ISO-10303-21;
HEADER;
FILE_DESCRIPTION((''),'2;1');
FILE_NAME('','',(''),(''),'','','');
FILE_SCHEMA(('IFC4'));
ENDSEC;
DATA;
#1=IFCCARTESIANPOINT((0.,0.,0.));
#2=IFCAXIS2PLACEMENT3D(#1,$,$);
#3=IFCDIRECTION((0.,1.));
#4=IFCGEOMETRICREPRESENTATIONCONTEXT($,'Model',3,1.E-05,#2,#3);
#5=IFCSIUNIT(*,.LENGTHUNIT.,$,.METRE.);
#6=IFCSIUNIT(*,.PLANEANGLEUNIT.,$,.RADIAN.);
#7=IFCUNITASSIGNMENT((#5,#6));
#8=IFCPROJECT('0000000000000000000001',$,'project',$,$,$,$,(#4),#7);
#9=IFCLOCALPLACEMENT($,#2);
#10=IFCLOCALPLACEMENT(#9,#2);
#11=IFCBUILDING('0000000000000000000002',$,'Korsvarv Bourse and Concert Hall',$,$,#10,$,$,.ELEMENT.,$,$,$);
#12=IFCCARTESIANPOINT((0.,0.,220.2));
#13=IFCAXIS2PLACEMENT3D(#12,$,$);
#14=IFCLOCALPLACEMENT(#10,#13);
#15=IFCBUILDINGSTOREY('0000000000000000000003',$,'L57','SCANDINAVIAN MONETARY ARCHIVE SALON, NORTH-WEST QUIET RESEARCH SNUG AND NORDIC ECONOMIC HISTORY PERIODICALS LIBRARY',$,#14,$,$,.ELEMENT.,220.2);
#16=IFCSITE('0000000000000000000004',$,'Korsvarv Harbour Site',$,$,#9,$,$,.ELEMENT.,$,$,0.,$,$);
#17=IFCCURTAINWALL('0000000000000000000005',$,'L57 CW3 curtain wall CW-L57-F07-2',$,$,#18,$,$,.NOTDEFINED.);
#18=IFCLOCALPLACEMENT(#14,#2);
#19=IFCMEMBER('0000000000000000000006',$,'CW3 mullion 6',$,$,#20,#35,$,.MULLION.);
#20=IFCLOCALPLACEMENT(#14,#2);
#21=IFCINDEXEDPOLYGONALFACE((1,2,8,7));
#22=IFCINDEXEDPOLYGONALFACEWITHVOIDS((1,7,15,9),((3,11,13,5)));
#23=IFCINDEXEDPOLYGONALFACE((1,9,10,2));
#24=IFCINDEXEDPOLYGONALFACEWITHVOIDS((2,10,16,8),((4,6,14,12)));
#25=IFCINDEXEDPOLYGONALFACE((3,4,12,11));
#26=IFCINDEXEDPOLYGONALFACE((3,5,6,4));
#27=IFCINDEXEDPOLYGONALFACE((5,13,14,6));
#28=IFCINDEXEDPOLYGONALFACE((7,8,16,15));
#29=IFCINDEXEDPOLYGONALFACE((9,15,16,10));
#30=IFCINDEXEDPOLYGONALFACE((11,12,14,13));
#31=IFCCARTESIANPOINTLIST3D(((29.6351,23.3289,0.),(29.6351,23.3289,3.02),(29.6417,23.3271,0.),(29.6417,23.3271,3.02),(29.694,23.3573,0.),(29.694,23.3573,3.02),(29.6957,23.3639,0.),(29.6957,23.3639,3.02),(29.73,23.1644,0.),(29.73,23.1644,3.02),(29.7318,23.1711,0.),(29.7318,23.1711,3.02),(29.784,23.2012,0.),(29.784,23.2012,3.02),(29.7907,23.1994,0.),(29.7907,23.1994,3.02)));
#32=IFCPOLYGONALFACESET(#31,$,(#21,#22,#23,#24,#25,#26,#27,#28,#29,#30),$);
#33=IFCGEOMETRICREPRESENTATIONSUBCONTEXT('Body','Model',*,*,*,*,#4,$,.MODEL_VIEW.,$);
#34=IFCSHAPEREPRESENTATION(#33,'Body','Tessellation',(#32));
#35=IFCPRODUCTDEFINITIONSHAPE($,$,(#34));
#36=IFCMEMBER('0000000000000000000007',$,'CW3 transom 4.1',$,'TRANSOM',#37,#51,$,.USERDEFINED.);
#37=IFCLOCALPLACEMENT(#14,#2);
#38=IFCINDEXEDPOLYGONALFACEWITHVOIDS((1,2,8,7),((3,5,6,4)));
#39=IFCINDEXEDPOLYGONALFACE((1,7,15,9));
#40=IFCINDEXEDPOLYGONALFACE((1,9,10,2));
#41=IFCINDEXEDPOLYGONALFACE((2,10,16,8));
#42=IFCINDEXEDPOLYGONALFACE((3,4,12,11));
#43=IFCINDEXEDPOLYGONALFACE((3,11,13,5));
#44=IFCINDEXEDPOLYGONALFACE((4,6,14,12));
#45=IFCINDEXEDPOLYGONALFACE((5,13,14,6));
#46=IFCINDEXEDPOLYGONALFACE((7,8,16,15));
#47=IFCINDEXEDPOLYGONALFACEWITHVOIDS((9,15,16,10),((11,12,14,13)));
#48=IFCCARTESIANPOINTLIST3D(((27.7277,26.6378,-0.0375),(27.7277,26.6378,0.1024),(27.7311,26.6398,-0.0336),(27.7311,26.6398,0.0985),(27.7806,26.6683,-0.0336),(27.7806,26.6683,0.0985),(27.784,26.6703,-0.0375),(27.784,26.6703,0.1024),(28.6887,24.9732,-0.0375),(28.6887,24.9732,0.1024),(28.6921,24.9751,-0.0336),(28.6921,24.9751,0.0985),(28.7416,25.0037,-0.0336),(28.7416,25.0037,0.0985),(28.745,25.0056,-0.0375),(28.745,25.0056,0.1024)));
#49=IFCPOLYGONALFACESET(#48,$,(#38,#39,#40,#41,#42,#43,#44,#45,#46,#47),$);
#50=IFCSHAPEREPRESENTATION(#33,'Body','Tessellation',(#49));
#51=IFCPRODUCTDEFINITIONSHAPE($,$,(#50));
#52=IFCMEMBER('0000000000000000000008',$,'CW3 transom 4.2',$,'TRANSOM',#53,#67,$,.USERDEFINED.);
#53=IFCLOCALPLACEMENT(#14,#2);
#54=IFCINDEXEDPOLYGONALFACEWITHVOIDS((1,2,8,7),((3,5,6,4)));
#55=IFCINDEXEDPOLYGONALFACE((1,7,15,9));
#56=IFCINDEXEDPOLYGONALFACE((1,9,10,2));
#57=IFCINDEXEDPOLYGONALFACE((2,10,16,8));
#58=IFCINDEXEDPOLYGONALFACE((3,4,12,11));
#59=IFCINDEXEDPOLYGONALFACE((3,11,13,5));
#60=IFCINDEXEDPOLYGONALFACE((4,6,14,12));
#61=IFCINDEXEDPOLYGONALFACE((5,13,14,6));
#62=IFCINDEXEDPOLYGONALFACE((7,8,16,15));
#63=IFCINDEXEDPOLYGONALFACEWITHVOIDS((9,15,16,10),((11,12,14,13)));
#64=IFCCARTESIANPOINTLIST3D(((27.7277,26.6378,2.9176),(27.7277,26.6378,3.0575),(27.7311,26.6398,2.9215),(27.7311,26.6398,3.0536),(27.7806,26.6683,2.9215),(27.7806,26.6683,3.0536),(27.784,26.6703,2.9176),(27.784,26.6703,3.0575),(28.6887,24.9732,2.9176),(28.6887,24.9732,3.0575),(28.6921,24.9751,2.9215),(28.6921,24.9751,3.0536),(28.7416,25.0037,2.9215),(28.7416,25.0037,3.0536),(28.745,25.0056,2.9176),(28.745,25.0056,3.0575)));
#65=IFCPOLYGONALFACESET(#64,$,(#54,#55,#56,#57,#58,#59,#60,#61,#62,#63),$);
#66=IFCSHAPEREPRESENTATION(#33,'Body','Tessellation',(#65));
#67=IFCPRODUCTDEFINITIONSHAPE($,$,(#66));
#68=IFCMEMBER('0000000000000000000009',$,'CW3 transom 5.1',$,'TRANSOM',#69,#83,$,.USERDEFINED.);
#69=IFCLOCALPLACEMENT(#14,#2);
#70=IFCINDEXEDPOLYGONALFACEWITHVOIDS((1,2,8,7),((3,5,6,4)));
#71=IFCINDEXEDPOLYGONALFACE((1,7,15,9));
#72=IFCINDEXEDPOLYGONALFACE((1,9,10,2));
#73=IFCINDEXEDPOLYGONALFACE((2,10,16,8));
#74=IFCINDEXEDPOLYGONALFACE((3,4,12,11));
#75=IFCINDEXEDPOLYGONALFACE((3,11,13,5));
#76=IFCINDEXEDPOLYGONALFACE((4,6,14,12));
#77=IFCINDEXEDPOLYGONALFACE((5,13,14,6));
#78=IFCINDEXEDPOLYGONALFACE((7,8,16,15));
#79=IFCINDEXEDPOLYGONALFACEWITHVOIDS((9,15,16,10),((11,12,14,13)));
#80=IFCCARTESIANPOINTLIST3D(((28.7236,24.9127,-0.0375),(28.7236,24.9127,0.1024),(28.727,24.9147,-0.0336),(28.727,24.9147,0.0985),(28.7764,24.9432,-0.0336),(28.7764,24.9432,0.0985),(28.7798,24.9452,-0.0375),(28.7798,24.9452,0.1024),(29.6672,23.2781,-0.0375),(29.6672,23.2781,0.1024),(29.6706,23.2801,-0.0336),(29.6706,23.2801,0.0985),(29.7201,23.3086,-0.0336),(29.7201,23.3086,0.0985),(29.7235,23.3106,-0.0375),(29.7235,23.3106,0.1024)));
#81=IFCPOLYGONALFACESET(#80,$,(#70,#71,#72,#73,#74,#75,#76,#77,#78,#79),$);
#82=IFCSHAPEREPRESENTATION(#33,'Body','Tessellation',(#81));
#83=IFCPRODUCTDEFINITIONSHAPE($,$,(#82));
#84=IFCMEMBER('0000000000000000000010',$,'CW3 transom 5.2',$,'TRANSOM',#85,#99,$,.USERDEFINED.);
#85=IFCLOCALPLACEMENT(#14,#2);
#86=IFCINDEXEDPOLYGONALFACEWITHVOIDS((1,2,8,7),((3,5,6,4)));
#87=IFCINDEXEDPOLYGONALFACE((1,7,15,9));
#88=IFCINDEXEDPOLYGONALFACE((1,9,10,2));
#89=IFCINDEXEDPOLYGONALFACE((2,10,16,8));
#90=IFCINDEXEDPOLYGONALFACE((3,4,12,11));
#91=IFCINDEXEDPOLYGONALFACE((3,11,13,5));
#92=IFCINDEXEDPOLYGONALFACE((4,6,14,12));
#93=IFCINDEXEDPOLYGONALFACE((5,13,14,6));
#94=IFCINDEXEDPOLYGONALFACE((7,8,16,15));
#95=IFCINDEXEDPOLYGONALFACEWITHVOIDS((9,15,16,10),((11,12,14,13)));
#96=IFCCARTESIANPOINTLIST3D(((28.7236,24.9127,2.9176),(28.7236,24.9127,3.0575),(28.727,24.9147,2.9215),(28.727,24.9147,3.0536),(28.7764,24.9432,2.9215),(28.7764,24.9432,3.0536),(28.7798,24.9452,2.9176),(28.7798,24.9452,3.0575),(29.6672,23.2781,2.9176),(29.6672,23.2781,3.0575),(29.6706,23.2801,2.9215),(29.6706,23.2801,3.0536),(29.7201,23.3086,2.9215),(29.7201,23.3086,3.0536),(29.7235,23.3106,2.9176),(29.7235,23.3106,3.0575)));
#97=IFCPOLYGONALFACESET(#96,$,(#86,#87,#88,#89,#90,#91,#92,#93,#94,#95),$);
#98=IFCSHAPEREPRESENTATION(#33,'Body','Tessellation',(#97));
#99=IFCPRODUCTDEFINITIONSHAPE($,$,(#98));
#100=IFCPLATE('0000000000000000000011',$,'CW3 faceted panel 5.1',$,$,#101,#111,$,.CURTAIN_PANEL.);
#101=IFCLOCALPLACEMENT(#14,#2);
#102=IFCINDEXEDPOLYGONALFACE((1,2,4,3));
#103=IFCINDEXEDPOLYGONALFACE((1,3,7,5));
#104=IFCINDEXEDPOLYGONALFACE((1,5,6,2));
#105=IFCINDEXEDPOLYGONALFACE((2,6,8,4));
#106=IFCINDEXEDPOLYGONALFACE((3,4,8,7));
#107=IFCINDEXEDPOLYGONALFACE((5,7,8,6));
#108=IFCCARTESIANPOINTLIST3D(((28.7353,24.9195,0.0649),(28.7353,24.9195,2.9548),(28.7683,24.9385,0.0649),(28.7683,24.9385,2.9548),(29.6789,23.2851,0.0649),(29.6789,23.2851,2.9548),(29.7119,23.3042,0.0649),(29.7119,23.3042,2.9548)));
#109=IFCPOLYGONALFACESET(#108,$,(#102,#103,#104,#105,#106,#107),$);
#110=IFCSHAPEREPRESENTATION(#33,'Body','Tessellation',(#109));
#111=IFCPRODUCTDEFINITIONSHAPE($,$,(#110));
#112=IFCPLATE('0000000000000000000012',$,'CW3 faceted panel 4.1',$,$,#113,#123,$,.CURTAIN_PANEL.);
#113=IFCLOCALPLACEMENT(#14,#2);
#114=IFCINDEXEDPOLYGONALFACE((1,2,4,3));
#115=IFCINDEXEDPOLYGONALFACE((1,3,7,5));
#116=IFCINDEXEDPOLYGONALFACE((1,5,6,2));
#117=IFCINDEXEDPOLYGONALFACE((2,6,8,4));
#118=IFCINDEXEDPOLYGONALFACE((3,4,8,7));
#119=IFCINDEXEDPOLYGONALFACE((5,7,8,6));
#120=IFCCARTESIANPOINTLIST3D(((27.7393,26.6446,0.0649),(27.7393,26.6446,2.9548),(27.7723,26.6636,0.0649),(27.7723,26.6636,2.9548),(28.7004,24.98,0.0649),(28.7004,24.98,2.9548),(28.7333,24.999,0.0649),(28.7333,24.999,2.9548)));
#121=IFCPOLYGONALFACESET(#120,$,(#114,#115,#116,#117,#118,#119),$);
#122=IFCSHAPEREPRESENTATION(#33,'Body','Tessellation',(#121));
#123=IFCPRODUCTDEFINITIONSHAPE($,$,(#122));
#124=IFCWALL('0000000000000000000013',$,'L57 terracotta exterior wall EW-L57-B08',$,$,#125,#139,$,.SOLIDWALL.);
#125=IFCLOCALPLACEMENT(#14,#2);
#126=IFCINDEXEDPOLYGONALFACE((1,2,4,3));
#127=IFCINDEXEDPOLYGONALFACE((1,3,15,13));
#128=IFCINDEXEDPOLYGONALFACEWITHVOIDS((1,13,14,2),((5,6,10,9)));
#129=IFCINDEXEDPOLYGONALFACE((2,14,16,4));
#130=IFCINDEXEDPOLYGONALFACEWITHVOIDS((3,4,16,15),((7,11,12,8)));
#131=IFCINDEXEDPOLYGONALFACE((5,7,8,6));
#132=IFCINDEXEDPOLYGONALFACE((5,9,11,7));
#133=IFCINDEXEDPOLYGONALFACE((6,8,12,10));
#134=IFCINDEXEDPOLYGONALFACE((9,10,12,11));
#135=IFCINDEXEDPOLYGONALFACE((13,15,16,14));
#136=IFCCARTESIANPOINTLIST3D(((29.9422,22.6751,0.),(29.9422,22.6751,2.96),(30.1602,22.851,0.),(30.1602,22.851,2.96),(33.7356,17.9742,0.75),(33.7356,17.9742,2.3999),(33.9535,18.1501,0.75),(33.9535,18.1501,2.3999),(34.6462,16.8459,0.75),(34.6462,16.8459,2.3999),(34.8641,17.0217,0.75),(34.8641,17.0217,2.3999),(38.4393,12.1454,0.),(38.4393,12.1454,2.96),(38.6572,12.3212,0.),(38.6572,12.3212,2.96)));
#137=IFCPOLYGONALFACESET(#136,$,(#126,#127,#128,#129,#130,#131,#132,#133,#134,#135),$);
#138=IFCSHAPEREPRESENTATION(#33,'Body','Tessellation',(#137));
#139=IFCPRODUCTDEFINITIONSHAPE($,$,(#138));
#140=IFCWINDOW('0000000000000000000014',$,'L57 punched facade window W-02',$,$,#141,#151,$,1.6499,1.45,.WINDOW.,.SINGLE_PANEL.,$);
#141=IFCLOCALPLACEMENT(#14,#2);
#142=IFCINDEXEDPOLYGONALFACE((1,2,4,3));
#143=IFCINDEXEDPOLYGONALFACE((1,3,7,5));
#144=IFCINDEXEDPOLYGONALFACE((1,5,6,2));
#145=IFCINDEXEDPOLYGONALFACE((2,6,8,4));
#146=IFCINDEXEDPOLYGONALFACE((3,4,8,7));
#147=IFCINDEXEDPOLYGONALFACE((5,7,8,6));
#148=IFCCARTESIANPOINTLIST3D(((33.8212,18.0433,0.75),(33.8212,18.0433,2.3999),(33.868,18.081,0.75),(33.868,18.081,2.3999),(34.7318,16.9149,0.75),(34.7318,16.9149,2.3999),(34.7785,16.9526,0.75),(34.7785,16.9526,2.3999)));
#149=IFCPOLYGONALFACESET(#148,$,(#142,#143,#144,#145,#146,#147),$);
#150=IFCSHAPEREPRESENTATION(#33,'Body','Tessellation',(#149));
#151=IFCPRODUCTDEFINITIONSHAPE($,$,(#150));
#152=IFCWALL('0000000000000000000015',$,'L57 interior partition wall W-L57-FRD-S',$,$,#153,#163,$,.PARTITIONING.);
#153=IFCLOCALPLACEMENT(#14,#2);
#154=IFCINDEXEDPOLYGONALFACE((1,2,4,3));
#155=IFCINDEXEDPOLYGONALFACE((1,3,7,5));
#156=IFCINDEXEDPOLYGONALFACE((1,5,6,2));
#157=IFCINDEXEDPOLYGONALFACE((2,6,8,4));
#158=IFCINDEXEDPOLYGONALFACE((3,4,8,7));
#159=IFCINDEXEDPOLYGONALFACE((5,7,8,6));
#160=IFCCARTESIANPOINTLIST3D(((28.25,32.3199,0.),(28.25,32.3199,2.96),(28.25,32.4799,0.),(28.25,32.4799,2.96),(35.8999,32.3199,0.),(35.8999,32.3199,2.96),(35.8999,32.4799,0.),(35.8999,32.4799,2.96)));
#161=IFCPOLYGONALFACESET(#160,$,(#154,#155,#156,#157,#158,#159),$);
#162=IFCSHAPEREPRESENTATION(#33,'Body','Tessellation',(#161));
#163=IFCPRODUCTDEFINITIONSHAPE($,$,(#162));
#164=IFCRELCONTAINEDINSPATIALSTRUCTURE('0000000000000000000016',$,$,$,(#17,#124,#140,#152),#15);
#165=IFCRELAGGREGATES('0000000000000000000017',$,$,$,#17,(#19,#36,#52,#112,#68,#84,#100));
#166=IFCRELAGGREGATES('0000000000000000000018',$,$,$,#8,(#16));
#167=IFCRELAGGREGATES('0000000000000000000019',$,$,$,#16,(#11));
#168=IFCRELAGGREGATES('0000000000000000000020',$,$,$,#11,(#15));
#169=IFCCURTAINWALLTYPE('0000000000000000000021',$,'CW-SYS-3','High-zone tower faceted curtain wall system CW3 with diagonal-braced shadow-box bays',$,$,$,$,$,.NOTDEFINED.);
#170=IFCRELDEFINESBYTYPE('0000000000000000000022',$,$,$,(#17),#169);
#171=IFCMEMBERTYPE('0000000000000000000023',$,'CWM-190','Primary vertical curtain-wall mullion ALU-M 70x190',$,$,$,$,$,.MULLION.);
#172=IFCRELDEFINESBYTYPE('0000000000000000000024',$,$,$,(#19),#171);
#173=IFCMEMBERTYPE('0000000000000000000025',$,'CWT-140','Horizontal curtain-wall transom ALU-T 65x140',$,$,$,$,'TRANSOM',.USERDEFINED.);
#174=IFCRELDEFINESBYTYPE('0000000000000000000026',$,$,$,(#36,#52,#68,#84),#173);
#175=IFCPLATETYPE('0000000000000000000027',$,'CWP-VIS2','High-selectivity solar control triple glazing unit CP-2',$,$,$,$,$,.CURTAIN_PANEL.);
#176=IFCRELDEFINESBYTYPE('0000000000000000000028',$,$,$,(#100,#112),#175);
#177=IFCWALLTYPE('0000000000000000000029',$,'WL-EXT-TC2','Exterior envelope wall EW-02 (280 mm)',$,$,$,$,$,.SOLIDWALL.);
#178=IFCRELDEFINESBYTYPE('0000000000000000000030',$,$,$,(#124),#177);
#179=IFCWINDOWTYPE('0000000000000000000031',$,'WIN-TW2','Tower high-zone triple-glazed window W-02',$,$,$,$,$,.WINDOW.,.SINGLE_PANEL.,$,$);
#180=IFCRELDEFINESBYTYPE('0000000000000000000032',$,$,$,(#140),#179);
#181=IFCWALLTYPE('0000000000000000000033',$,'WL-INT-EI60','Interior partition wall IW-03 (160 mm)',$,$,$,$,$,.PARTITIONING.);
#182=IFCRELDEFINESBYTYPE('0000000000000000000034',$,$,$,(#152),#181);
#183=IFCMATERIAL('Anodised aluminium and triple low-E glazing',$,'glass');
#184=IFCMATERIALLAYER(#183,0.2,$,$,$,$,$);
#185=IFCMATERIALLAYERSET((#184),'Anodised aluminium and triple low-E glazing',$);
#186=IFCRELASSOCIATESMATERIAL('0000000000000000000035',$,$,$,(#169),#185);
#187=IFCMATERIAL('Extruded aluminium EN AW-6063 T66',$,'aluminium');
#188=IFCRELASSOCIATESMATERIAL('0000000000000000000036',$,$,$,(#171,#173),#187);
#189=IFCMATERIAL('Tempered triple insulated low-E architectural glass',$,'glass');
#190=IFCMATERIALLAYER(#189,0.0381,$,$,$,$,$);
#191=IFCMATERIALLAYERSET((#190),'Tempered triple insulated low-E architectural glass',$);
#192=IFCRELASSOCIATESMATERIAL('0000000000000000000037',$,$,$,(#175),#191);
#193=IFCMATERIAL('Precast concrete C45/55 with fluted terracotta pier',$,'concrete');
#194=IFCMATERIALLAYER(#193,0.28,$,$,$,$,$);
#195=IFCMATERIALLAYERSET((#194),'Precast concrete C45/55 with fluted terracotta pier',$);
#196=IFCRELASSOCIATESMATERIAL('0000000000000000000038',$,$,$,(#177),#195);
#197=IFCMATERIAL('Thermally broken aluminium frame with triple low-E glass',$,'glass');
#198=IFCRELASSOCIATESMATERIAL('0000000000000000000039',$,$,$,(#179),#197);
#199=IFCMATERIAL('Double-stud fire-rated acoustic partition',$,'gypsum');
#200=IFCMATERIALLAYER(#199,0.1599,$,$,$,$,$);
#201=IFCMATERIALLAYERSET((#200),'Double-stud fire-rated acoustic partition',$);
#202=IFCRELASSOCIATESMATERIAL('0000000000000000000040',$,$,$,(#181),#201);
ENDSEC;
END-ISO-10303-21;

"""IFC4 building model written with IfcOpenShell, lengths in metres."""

from ifc_helpers import new_model, si_unit, direction, frame, frame_2d, origin, origin_2d, place, context, subcontext, project, spatial, rectangle, hollow_rectangle, extrude, source, transform, mapped, material, layer, layer_set, material_profile, profile_set, type_object, element, fill, aggregate, save


model = new_model("IFC4")

# Units and contexts
model_context = context("Model", 3, precision=1e-05, world=origin(), true_north=direction((0.0, 1.0)))
body_context = subcontext(model_context, "Body", "Model", "MODEL_VIEW")
ifc_project = project(units=[si_unit("LENGTHUNIT", "METRE"), si_unit("PLANEANGLEUNIT", "RADIAN")], contexts=[model_context])

# Site, building, storey
site_placement = place(None, origin())
site = spatial("IfcSite", under=ifc_project, at=site_placement, Name="Korsvarv Harbour Site", CompositionType="ELEMENT", RefElevation=0.0)
building_placement = place(site_placement, origin())
building = spatial("IfcBuilding", under=site, at=building_placement, Name="Korsvarv Bourse and Concert Hall", CompositionType="ELEMENT")
storey_placement = place(building_placement, frame((0.0, 0.0, 220.2)))
storey = spatial("IfcBuildingStorey", under=building, at=storey_placement, Name="L57", Description="SCANDINAVIAN MONETARY ARCHIVE SALON, NORTH-WEST QUIET RESEARCH SNUG AND NORDIC ECONOMIC HISTORY PERIODICALS LIBRARY", CompositionType="ELEMENT", Elevation=220.2)

# Curtain wall, members, plates
ifc_material_1 = material(Name="Anodised aluminium and triple low-E glazing", Category="glass")
ifc_layer_1 = layer(ifc_material_1, 0.2)
ifc_layer_set_1 = layer_set([ifc_layer_1], Name="Anodised aluminium and triple low-E glazing")
curtain_wall_type = type_object("IfcCurtainWallType", Name="CW-SYS-3", Description="High-zone tower faceted curtain wall system CW3 with diagonal-braced shadow-box bays", PredefinedType="NOTDEFINED", material=ifc_layer_set_1)
curtain_wall_placement = place(storey_placement, origin())
curtain_wall = element("IfcCurtainWall", 1, at=curtain_wall_placement, inside=storey, type_object=curtain_wall_type, Name="L57 CW3 curtain wall CW-L57-F07-2", PredefinedType="NOTDEFINED")
ifc_material_2 = material(Name="Extruded aluminium EN AW-6063 T66", Category="aluminium")
ifc_material_profile_1 = material_profile(ifc_material_2, hollow_rectangle(XDim=0.0701, YDim=0.1899, WallThickness=0.0049, at=origin_2d()), Name="ALU-M 70x190")
ifc_profile_set_1 = profile_set([ifc_material_profile_1], Name="Extruded aluminium EN AW-6063 T66")
member_type_1 = type_object("IfcMemberType", Name="CWM-190", Description="Primary vertical curtain-wall mullion ALU-M 70x190", PredefinedType="MULLION", material=ifc_profile_set_1)
shared_shape_1 = source(origin(), body_context, "Body", "SweptSolid", [
    extrude(hollow_rectangle(XDim=0.0701, YDim=0.1899, WallThickness=0.0049, at=origin_2d()), origin(), (0.0, 0.0, 1.0), 3.02),
])
member_1_placement = place(storey_placement, frame((29.7129, 23.2642, 0.0), z_axis=(0.0, 0.0, 1.0), x_axis=(0.866028, 0.499996, 0.0)))
member_1 = element("IfcMember", 2, at=member_1_placement, type_object=member_type_1, Name="CW3 mullion 6", PredefinedType="MULLION", context=body_context, shape_type="MappedRepresentation", body=[
    mapped(shared_shape_1, transform((0.0, 0.0, 0.0), scale=1.0)),
])
ifc_material_profile_2 = material_profile(ifc_material_2, hollow_rectangle(XDim=0.0649, YDim=0.1399, WallThickness=0.0039, at=origin_2d()), Name="ALU-T 65x140")
ifc_profile_set_2 = profile_set([ifc_material_profile_2], Name="Extruded aluminium EN AW-6063 T66")
member_type_2 = type_object("IfcMemberType", Name="CWT-140", Description="Horizontal curtain-wall transom ALU-T 65x140", ElementType="TRANSOM", PredefinedType="USERDEFINED", material=ifc_profile_set_2)
shared_shape_2 = source(origin(), body_context, "Body", "SweptSolid", [
    extrude(hollow_rectangle(XDim=0.0649, YDim=0.1399, WallThickness=0.0039, at=origin_2d()), origin(), (0.0, 0.0, 1.0), 1.9221),
])
member_2_placement = place(storey_placement, frame((27.7559, 26.6541, 0.0325), z_axis=(0.499964, -0.866046, 0.0), x_axis=(0.866046, 0.499964, 0.0)))
member_2 = element("IfcMember", 3, at=member_2_placement, type_object=member_type_2, Name="CW3 transom 4.1", ObjectType="TRANSOM", PredefinedType="USERDEFINED", context=body_context, shape_type="MappedRepresentation", body=[
    mapped(shared_shape_2, transform((0.0, 0.0, 0.0), scale=1.0)),
])
member_3_placement = place(storey_placement, frame((27.7559, 26.6541, 2.9875), z_axis=(0.499964, -0.866046, 0.0), x_axis=(0.866046, 0.499964, 0.0)))
member_3 = element("IfcMember", 4, at=member_3_placement, type_object=member_type_2, Name="CW3 transom 4.2", ObjectType="TRANSOM", PredefinedType="USERDEFINED", context=body_context, shape_type="MappedRepresentation", body=[
    mapped(shared_shape_2, transform((0.0, 0.0, 0.0), scale=1.0)),
])
shared_shape_3 = source(origin(), body_context, "Body", "SweptSolid", [
    extrude(hollow_rectangle(XDim=0.0649, YDim=0.1399, WallThickness=0.0039, at=origin_2d()), origin(), (0.0, 0.0, 1.0), 1.8875),
])
member_4_placement = place(storey_placement, frame((28.7517, 24.929, 0.0325), z_axis=(0.499965, -0.866046, 0.0), x_axis=(0.866046, 0.499965, 0.0)))
member_4 = element("IfcMember", 5, at=member_4_placement, type_object=member_type_2, Name="CW3 transom 5.1", ObjectType="TRANSOM", PredefinedType="USERDEFINED", context=body_context, shape_type="MappedRepresentation", body=[
    mapped(shared_shape_3, transform((0.0, 0.0, 0.0), scale=1.0)),
])
member_5_placement = place(storey_placement, frame((28.7517, 24.929, 2.9875), z_axis=(0.499965, -0.866046, 0.0), x_axis=(0.866046, 0.499965, 0.0)))
member_5 = element("IfcMember", 6, at=member_5_placement, type_object=member_type_2, Name="CW3 transom 5.2", ObjectType="TRANSOM", PredefinedType="USERDEFINED", context=body_context, shape_type="MappedRepresentation", body=[
    mapped(shared_shape_3, transform((0.0, 0.0, 0.0), scale=1.0)),
])
ifc_material_3 = material(Name="Tempered triple insulated low-E architectural glass", Category="glass")
ifc_layer_2 = layer(ifc_material_3, 0.0381)
ifc_layer_set_2 = layer_set([ifc_layer_2], Name="Tempered triple insulated low-E architectural glass")
plate_type = type_object("IfcPlateType", Name="CWP-VIS2", Description="High-selectivity solar control triple glazing unit CP-2", PredefinedType="CURTAIN_PANEL", material=ifc_layer_set_2)
shared_shape_4 = source(origin(), body_context, "Body", "SweptSolid", [
    extrude(rectangle(XDim=1.8872, YDim=0.0381, at=origin_2d()), origin(), (0.0, 0.0, 1.0), 2.8899),
])
plate_1_placement = place(storey_placement, frame((29.2236, 24.1118, 0.0649), z_axis=(0.0, 0.0, 1.0), x_axis=(0.499996, -0.866028, 0.0)))
plate_1 = element("IfcPlate", 7, at=plate_1_placement, type_object=plate_type, Name="CW3 faceted panel 5.1", PredefinedType="CURTAIN_PANEL", context=body_context, shape_type="MappedRepresentation", body=[
    mapped(shared_shape_4, transform((0.0, 0.0, 0.0), scale=1.0)),
])
shared_shape_5 = source(origin(), body_context, "Body", "SweptSolid", [
    extrude(rectangle(XDim=1.9221, YDim=0.0381, at=origin_2d()), origin(), (0.0, 0.0, 1.0), 2.8899),
])
plate_2_placement = place(storey_placement, frame((28.2363, 25.8218, 0.0649), z_axis=(0.0, 0.0, 1.0), x_axis=(0.499996, -0.866028, 0.0)))
plate_2 = element("IfcPlate", 8, at=plate_2_placement, type_object=plate_type, Name="CW3 faceted panel 4.1", PredefinedType="CURTAIN_PANEL", context=body_context, shape_type="MappedRepresentation", body=[
    mapped(shared_shape_5, transform((0.0, 0.0, 0.0), scale=1.0)),
])
aggregate(curtain_wall, [member_1, member_2, member_3, plate_2, member_4, member_5, plate_1])

# Wall, opening, window
ifc_material_4 = material(Name="Precast concrete C45/55 with fluted terracotta pier", Category="concrete")
ifc_layer_3 = layer(ifc_material_4, 0.28)
ifc_layer_set_3 = layer_set([ifc_layer_3], Name="Precast concrete C45/55 with fluted terracotta pier")
wall_type_1 = type_object("IfcWallType", Name="WL-EXT-TC2", Description="Exterior envelope wall EW-02 (280 mm)", PredefinedType="SOLIDWALL", material=ifc_layer_set_3)
wall_1_placement = place(storey_placement, frame((30.0513, 22.7629, 0.0), z_axis=(0.0, 0.0, 1.0), x_axis=(0.62799, -0.778221, 0.0)))
wall_1 = element("IfcWall", 9, at=wall_1_placement, inside=storey, type_object=wall_type_1, Name="L57 terracotta exterior wall EW-L57-B08", PredefinedType="SOLIDWALL", context=body_context, shape_type="SweptSolid", body=[
    extrude(rectangle(XDim=13.5305, YDim=0.28, at=frame_2d((6.7651, 0.0))), origin(), (0.0, 0.0, 1.0), 2.96),
])
opening_1_placement = place(wall_1_placement, frame((6.0403, 0.0, 0.75)))
opening_1 = element("IfcOpeningElement", 10, at=opening_1_placement, cuts=wall_1, PredefinedType="OPENING", context=body_context, shape_type="SweptSolid", body=[
    extrude(rectangle(XDim=1.45, YDim=1.6499, at=frame_2d((0.7251, 0.825))), frame((0.0, 0.1499, 0.0), z_axis=(0.0, -1.0, 0.0), x_axis=(1.0, 0.0, 0.0)), (0.0, 0.0, 1.0), 0.3),
])
ifc_material_5 = material(Name="Thermally broken aluminium frame with triple low-E glass", Category="glass")
window_type = type_object("IfcWindowType", Name="WIN-TW2", Description="Tower high-zone triple-glazed window W-02", PartitioningType="SINGLE_PANEL", PredefinedType="WINDOW", material=ifc_material_5)
window_placement = place(opening_1_placement, origin())
window = element("IfcWindow", 11, at=window_placement, inside=storey, type_object=window_type, Name="L57 punched facade window W-02", OverallHeight=1.6499, OverallWidth=1.45, PartitioningType="SINGLE_PANEL", PredefinedType="WINDOW", context=body_context, shape_type="SweptSolid", body=[
    extrude(rectangle(XDim=1.45, YDim=1.6499, at=frame_2d((0.7251, 0.825))), frame((0.0, 0.03, 0.0), z_axis=(0.0, -1.0, 0.0), x_axis=(1.0, 0.0, 0.0)), (0.0, 0.0, 1.0), 0.0601),
])
fill(opening_1, window)

# Wall
ifc_material_6 = material(Name="Double-stud fire-rated acoustic partition", Category="gypsum")
ifc_layer_4 = layer(ifc_material_6, 0.1599)
ifc_layer_set_4 = layer_set([ifc_layer_4], Name="Double-stud fire-rated acoustic partition")
wall_type_2 = type_object("IfcWallType", Name="WL-INT-EI60", Description="Interior partition wall IW-03 (160 mm)", PredefinedType="PARTITIONING", material=ifc_layer_set_4)
wall_2_placement = place(storey_placement, frame((28.25, 32.3999, 0.0), z_axis=(0.0, 0.0, 1.0), x_axis=(1.0, 0.0, 0.0)))
element("IfcWall", 12, at=wall_2_placement, inside=storey, type_object=wall_type_2, Name="L57 interior partition wall W-L57-FRD-S", PredefinedType="PARTITIONING", context=body_context, shape_type="SweptSolid", body=[
    extrude(rectangle(XDim=7.6499, YDim=0.1599, at=frame_2d((3.825, 0.0))), origin(), (0.0, 0.0, 1.0), 2.96),
])

save(model, "model.ifc")
